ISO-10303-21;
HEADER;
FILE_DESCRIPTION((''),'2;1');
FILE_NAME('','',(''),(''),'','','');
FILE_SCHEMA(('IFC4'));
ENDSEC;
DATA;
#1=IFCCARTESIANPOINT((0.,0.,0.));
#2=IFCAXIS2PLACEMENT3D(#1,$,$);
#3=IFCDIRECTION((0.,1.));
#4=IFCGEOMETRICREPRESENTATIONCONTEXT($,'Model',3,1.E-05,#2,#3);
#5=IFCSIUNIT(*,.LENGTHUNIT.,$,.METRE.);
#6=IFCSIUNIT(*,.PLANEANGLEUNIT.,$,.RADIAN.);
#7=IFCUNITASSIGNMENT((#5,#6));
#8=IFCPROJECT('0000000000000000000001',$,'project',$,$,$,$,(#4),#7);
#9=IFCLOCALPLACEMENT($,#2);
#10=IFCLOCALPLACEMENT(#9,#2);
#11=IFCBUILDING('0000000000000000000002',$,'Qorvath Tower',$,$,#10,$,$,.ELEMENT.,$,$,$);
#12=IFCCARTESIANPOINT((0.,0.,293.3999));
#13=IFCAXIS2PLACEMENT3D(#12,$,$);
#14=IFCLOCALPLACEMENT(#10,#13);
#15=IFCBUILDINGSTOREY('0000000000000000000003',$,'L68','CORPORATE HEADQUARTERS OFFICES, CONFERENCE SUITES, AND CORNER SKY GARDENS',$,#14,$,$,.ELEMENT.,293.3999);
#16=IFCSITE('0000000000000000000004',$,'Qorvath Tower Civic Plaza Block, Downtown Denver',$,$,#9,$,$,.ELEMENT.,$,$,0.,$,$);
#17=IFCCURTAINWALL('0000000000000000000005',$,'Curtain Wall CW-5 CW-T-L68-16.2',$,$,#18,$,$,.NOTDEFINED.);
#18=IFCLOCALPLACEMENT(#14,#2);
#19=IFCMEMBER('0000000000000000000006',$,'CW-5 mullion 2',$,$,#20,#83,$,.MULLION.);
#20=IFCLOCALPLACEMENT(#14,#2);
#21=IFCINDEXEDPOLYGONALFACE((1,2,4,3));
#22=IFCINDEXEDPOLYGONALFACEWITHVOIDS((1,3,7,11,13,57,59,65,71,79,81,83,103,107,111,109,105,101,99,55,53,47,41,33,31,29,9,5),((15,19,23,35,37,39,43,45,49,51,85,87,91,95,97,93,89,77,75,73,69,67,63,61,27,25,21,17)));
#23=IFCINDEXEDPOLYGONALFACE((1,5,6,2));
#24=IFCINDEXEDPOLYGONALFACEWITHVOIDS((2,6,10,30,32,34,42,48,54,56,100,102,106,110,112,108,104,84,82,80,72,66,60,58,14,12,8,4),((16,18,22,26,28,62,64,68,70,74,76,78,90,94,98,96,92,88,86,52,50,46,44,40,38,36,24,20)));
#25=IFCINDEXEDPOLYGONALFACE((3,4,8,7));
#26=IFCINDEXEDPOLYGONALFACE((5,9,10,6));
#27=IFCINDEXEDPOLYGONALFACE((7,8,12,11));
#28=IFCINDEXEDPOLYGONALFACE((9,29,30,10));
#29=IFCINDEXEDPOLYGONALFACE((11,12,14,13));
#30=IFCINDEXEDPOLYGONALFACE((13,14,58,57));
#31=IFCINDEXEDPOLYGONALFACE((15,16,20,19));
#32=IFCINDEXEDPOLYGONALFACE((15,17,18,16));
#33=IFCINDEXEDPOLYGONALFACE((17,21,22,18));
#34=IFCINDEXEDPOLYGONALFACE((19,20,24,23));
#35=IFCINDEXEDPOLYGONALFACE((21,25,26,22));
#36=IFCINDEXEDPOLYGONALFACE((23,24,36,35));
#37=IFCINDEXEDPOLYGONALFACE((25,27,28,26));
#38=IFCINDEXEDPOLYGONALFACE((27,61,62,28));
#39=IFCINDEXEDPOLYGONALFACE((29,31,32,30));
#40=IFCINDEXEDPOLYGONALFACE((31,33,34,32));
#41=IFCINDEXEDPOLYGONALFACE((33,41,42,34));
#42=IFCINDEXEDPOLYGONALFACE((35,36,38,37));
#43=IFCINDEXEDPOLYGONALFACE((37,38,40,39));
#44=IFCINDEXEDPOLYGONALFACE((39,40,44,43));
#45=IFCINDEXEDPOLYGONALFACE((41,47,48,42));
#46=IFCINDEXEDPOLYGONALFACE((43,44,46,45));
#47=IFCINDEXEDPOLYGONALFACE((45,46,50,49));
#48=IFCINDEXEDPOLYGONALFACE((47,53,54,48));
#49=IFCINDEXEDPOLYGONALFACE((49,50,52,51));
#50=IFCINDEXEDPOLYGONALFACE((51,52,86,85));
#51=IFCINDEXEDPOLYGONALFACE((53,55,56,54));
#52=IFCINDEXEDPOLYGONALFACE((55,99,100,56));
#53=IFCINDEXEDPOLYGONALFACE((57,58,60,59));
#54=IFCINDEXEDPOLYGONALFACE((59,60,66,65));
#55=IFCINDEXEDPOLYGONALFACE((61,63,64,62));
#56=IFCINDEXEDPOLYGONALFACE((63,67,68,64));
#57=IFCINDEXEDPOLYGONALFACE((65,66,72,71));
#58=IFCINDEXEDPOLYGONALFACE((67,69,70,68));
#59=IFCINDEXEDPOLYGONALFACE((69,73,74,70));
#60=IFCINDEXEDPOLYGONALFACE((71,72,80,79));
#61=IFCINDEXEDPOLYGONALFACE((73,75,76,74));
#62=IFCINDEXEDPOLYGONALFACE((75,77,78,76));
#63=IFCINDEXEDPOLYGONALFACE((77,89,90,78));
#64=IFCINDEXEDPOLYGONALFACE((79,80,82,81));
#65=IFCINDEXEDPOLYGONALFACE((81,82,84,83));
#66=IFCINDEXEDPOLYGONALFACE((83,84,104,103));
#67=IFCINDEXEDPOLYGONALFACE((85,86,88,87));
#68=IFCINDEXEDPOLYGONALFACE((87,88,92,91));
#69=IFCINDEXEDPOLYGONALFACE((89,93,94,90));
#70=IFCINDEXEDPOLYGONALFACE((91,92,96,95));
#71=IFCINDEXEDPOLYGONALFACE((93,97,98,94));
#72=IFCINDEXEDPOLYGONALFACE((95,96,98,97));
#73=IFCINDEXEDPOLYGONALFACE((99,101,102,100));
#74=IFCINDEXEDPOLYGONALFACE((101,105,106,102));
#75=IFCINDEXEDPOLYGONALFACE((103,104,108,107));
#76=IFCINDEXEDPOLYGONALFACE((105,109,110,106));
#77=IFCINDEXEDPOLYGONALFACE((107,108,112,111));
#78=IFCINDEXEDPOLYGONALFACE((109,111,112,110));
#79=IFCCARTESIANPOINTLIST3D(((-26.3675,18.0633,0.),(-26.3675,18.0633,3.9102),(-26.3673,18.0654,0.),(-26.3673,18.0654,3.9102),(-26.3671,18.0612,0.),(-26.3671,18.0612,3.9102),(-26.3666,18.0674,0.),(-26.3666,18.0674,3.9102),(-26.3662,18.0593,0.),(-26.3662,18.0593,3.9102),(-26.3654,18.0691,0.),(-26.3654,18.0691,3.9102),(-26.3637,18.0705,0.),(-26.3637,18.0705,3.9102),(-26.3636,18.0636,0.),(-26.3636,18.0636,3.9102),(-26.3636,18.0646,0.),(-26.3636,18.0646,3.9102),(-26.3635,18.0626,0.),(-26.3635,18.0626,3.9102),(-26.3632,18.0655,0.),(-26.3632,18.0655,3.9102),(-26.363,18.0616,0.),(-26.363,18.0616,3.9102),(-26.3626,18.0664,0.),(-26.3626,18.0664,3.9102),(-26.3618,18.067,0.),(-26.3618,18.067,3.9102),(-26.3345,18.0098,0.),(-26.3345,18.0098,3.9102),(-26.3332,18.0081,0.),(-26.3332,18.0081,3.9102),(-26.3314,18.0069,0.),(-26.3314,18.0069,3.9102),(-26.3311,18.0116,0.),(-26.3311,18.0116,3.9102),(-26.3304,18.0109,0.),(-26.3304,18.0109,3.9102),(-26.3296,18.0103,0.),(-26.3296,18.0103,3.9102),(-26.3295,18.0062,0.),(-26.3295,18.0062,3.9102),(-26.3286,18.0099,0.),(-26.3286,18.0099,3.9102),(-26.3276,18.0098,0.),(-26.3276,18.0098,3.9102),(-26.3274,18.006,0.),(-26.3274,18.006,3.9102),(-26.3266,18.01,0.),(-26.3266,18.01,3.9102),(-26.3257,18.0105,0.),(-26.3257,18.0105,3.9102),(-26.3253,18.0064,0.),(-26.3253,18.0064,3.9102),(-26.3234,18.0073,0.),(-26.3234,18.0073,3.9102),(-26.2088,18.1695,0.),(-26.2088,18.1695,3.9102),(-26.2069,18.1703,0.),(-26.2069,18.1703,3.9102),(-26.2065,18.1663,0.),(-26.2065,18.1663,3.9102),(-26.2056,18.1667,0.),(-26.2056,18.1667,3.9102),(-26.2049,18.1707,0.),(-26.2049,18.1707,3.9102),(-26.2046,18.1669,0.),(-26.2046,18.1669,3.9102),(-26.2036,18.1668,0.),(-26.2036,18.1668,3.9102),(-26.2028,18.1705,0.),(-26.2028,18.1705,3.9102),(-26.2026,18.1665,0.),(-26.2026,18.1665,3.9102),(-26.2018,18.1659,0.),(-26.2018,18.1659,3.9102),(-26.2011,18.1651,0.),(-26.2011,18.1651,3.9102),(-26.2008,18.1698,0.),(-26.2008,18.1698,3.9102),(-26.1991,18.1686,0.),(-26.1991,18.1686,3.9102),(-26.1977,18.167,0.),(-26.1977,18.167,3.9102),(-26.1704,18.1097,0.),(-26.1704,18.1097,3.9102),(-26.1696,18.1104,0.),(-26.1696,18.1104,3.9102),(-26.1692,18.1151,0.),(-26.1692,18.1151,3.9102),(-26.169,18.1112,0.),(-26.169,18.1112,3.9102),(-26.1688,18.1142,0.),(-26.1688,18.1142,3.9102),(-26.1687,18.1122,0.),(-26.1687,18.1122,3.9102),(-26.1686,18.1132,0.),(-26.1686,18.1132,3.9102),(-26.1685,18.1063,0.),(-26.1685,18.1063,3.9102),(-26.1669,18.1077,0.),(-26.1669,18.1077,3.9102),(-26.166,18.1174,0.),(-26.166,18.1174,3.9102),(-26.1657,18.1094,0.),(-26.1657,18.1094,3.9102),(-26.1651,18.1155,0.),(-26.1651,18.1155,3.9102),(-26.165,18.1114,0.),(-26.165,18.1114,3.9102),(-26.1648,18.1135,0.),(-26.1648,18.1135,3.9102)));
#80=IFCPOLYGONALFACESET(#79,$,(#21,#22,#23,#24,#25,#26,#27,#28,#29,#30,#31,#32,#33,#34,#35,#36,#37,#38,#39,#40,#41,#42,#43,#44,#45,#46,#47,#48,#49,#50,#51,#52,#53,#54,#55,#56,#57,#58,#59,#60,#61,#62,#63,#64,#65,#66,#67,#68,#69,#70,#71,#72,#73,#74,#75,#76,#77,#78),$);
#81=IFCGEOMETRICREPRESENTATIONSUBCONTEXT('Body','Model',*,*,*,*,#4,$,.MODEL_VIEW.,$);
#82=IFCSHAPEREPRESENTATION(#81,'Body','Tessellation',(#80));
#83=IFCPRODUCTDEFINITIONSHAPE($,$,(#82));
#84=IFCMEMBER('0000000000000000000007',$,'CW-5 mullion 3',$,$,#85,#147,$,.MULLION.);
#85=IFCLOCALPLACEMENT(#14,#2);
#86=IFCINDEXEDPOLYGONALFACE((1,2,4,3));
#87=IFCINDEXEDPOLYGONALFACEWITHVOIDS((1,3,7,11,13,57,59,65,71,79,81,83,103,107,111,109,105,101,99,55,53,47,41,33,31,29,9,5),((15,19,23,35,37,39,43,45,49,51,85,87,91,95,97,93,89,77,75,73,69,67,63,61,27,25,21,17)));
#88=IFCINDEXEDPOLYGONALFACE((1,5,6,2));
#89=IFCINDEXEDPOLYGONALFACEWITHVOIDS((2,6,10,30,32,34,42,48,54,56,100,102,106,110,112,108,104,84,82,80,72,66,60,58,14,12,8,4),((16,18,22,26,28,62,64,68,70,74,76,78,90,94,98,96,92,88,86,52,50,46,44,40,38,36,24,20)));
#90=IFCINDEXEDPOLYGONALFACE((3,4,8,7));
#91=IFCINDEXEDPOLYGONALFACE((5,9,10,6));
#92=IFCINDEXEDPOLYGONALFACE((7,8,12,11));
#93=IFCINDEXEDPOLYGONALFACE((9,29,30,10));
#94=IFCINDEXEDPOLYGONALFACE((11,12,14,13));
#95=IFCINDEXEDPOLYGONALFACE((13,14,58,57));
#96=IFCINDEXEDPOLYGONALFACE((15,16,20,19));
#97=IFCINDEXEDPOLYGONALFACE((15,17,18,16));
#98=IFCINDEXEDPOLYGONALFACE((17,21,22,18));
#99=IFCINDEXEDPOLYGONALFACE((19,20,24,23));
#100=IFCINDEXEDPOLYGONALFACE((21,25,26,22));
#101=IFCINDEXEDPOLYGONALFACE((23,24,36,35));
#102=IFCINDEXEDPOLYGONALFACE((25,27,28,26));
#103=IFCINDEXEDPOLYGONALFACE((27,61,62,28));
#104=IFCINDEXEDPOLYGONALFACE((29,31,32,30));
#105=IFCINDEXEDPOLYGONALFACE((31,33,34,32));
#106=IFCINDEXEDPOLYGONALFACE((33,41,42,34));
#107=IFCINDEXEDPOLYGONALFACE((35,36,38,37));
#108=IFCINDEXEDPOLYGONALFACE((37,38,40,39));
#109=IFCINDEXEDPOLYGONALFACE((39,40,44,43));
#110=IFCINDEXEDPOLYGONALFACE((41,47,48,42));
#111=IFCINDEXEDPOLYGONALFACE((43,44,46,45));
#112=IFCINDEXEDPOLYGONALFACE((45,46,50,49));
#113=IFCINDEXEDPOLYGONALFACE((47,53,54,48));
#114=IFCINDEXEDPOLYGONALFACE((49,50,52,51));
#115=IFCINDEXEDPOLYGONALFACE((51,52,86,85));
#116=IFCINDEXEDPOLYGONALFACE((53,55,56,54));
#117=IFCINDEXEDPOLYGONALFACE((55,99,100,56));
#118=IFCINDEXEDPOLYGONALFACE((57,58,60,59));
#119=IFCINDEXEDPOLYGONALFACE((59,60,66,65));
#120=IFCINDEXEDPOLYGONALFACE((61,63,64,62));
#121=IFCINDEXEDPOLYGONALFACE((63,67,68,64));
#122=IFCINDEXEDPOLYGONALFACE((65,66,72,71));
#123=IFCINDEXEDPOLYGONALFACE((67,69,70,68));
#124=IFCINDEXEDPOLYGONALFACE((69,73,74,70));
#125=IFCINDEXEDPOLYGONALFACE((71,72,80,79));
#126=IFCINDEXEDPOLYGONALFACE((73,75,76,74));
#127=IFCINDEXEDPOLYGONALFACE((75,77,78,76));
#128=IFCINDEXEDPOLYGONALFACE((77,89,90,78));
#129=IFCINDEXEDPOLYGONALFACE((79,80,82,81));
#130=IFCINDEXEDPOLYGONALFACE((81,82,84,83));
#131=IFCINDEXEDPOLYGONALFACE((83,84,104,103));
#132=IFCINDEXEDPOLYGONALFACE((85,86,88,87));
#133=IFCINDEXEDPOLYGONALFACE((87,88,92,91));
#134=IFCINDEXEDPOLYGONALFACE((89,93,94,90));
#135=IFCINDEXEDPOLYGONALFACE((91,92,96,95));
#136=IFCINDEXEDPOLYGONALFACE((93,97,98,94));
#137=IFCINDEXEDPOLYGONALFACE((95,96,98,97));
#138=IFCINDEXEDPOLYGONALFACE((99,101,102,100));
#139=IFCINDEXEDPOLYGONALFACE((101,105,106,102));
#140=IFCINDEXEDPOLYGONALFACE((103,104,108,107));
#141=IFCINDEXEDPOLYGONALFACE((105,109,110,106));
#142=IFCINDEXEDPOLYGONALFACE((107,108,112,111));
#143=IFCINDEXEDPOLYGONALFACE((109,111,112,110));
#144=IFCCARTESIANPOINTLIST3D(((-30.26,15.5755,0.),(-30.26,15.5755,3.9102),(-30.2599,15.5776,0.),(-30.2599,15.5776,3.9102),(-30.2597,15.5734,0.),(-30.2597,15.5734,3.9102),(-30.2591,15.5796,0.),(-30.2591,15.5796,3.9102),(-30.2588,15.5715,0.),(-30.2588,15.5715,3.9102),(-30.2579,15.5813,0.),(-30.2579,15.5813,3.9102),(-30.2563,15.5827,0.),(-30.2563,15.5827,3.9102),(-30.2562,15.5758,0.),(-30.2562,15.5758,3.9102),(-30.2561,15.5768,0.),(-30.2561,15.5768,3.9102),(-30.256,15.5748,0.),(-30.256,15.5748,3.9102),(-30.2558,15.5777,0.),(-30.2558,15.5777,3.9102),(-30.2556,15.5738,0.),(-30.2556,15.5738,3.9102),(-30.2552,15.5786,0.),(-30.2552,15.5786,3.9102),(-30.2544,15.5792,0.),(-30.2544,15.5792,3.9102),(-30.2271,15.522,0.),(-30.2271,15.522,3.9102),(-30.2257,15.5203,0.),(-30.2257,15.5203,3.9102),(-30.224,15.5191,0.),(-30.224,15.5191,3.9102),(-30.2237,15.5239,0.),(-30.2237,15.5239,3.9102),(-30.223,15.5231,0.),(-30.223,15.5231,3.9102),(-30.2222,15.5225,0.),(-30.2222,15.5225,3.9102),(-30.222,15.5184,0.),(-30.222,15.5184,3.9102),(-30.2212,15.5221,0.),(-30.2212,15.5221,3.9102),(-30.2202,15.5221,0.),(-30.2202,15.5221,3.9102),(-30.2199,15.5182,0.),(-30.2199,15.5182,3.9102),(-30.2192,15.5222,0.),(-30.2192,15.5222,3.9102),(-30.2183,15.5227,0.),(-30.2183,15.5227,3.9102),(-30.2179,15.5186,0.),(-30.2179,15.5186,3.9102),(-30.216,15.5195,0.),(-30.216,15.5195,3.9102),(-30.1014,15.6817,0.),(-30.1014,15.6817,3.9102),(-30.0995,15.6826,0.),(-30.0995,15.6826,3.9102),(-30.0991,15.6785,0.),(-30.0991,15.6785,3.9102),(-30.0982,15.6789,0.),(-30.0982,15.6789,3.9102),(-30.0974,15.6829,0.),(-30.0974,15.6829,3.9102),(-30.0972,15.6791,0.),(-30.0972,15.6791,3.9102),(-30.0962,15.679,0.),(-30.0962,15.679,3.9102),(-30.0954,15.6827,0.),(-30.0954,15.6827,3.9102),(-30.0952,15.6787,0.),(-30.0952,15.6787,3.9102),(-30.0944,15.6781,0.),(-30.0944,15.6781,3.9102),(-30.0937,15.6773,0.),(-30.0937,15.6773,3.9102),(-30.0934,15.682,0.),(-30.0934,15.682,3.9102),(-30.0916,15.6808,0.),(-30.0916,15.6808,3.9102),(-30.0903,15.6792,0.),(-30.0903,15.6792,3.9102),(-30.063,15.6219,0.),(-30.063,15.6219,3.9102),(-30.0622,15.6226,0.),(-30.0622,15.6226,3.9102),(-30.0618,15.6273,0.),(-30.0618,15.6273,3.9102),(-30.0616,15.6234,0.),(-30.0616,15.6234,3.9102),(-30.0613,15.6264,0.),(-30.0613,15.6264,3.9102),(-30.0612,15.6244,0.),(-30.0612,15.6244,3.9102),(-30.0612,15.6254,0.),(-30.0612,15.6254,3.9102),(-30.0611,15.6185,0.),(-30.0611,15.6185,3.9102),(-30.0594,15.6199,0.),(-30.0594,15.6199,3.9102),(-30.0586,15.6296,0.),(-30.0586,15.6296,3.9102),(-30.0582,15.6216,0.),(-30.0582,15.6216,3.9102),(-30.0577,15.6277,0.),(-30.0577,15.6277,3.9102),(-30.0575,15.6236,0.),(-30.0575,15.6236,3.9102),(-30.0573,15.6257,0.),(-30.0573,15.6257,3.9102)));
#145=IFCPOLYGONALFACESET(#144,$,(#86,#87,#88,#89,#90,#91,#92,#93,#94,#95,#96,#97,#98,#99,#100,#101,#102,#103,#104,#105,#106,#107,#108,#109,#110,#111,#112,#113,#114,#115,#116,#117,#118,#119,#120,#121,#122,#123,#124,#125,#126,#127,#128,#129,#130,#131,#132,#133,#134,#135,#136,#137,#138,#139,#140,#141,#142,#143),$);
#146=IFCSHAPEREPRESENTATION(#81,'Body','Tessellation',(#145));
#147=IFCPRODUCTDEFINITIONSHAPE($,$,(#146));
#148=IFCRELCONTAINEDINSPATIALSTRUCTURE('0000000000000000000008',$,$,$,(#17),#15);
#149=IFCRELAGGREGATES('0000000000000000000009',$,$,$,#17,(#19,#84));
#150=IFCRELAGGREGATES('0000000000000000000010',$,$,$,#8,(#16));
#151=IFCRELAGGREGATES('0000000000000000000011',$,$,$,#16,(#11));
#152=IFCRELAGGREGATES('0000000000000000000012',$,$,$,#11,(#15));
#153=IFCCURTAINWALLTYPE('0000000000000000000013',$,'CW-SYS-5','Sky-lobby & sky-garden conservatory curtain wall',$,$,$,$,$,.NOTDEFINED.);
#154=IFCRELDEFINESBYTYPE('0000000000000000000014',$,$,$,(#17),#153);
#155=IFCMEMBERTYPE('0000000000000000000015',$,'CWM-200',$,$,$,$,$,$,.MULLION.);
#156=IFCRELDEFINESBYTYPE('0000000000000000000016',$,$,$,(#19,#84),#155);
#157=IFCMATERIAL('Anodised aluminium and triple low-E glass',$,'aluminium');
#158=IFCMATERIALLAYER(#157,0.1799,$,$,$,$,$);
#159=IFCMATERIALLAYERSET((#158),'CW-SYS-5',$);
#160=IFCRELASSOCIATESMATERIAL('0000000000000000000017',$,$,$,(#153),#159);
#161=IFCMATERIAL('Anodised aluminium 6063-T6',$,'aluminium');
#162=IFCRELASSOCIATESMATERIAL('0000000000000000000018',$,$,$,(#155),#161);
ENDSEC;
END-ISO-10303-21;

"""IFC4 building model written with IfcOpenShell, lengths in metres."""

from ifc_helpers import new_model, si_unit, direction, frame, origin, origin_2d, place, context, subcontext, project, spatial, hollow_rectangle, extrude, material, layer, layer_set, material_profile, profile_set, type_object, element, aggregate, save


model = new_model("IFC4")

# Units and contexts
model_context = context("Model", 3, precision=1e-05, world=origin(), true_north=direction((0.0, 1.0)))
body_context = subcontext(model_context, "Body", "Model", "MODEL_VIEW")
ifc_project = project(units=[si_unit("LENGTHUNIT", "METRE"), si_unit("PLANEANGLEUNIT", "RADIAN")], contexts=[model_context])

# Site, building, storey
site_placement = place(None, origin())
site = spatial("IfcSite", under=ifc_project, at=site_placement, Name="Qorvath Tower Civic Plaza Block, Downtown Denver", CompositionType="ELEMENT", RefElevation=0.0)
building_placement = place(site_placement, origin())
building = spatial("IfcBuilding", under=site, at=building_placement, Name="Qorvath Tower", CompositionType="ELEMENT")
storey_placement = place(building_placement, frame((0.0, 0.0, 293.3999)))
storey = spatial("IfcBuildingStorey", under=building, at=storey_placement, Name="L68", Description="CORPORATE HEADQUARTERS OFFICES, CONFERENCE SUITES, AND CORNER SKY GARDENS", CompositionType="ELEMENT", Elevation=293.3999)

# Curtain wall, members
ifc_material_1 = material(Name="Anodised aluminium and triple low-E glass", Category="aluminium")
ifc_layer_1 = layer(ifc_material_1, 0.1799)
ifc_layer_set_1 = layer_set([ifc_layer_1], Name="CW-SYS-5")
curtain_wall_type = type_object("IfcCurtainWallType", Name="CW-SYS-5", Description="Sky-lobby & sky-garden conservatory curtain wall", PredefinedType="NOTDEFINED", material=ifc_layer_set_1)
curtain_wall_placement = place(storey_placement, origin())
curtain_wall = element("IfcCurtainWall", 1, at=curtain_wall_placement, inside=storey, type_object=curtain_wall_type, Name="Curtain Wall CW-5 CW-T-L68-16.2", PredefinedType="NOTDEFINED")
ifc_material_2 = material(Name="Anodised aluminium 6063-T6", Category="aluminium")
ifc_material_profile_1 = material_profile(ifc_material_2, hollow_rectangle(XDim=0.075, YDim=0.2, WallThickness=0.0039, InnerFilletRadius=0.0039, OuterFilletRadius=0.0081, at=origin_2d()), Name="CWM 200x75")
ifc_profile_set_1 = profile_set([ifc_material_profile_1], Name="Anodised aluminium 6063-T6")
member_type_1 = type_object("IfcMemberType", Name="CWM-200", PredefinedType="MULLION", material=ifc_profile_set_1)
member_1_placement = place(storey_placement, frame((-26.2661, 18.0884, 0.0), z_axis=(0.0, 0.0, 1.0), x_axis=(0.538534, -0.842604, 0.0)))
member_1 = element("IfcMember", 2, at=member_1_placement, type_object=member_type_1, Name="CW-5 mullion 2", PredefinedType="MULLION", context=body_context, shape_type="SweptSolid", body=[
    extrude(hollow_rectangle(XDim=0.075, YDim=0.2, WallThickness=0.0039, InnerFilletRadius=0.0039, OuterFilletRadius=0.0081, at=origin_2d()), origin(), (0.0, 0.0, 1.0), 3.9102),
])
member_2_placement = place(storey_placement, frame((-30.1587, 15.6006, 0.0), z_axis=(0.0, 0.0, 1.0), x_axis=(0.538534, -0.842604, 0.0)))
member_2 = element("IfcMember", 3, at=member_2_placement, type_object=member_type_1, Name="CW-5 mullion 3", PredefinedType="MULLION", context=body_context, shape_type="SweptSolid", body=[
    extrude(hollow_rectangle(XDim=0.075, YDim=0.2, WallThickness=0.0039, InnerFilletRadius=0.0039, OuterFilletRadius=0.0081, at=origin_2d()), origin(), (0.0, 0.0, 1.0), 3.9102),
])
aggregate(curtain_wall, [member_1, member_2])

save(model, "model.ifc")
